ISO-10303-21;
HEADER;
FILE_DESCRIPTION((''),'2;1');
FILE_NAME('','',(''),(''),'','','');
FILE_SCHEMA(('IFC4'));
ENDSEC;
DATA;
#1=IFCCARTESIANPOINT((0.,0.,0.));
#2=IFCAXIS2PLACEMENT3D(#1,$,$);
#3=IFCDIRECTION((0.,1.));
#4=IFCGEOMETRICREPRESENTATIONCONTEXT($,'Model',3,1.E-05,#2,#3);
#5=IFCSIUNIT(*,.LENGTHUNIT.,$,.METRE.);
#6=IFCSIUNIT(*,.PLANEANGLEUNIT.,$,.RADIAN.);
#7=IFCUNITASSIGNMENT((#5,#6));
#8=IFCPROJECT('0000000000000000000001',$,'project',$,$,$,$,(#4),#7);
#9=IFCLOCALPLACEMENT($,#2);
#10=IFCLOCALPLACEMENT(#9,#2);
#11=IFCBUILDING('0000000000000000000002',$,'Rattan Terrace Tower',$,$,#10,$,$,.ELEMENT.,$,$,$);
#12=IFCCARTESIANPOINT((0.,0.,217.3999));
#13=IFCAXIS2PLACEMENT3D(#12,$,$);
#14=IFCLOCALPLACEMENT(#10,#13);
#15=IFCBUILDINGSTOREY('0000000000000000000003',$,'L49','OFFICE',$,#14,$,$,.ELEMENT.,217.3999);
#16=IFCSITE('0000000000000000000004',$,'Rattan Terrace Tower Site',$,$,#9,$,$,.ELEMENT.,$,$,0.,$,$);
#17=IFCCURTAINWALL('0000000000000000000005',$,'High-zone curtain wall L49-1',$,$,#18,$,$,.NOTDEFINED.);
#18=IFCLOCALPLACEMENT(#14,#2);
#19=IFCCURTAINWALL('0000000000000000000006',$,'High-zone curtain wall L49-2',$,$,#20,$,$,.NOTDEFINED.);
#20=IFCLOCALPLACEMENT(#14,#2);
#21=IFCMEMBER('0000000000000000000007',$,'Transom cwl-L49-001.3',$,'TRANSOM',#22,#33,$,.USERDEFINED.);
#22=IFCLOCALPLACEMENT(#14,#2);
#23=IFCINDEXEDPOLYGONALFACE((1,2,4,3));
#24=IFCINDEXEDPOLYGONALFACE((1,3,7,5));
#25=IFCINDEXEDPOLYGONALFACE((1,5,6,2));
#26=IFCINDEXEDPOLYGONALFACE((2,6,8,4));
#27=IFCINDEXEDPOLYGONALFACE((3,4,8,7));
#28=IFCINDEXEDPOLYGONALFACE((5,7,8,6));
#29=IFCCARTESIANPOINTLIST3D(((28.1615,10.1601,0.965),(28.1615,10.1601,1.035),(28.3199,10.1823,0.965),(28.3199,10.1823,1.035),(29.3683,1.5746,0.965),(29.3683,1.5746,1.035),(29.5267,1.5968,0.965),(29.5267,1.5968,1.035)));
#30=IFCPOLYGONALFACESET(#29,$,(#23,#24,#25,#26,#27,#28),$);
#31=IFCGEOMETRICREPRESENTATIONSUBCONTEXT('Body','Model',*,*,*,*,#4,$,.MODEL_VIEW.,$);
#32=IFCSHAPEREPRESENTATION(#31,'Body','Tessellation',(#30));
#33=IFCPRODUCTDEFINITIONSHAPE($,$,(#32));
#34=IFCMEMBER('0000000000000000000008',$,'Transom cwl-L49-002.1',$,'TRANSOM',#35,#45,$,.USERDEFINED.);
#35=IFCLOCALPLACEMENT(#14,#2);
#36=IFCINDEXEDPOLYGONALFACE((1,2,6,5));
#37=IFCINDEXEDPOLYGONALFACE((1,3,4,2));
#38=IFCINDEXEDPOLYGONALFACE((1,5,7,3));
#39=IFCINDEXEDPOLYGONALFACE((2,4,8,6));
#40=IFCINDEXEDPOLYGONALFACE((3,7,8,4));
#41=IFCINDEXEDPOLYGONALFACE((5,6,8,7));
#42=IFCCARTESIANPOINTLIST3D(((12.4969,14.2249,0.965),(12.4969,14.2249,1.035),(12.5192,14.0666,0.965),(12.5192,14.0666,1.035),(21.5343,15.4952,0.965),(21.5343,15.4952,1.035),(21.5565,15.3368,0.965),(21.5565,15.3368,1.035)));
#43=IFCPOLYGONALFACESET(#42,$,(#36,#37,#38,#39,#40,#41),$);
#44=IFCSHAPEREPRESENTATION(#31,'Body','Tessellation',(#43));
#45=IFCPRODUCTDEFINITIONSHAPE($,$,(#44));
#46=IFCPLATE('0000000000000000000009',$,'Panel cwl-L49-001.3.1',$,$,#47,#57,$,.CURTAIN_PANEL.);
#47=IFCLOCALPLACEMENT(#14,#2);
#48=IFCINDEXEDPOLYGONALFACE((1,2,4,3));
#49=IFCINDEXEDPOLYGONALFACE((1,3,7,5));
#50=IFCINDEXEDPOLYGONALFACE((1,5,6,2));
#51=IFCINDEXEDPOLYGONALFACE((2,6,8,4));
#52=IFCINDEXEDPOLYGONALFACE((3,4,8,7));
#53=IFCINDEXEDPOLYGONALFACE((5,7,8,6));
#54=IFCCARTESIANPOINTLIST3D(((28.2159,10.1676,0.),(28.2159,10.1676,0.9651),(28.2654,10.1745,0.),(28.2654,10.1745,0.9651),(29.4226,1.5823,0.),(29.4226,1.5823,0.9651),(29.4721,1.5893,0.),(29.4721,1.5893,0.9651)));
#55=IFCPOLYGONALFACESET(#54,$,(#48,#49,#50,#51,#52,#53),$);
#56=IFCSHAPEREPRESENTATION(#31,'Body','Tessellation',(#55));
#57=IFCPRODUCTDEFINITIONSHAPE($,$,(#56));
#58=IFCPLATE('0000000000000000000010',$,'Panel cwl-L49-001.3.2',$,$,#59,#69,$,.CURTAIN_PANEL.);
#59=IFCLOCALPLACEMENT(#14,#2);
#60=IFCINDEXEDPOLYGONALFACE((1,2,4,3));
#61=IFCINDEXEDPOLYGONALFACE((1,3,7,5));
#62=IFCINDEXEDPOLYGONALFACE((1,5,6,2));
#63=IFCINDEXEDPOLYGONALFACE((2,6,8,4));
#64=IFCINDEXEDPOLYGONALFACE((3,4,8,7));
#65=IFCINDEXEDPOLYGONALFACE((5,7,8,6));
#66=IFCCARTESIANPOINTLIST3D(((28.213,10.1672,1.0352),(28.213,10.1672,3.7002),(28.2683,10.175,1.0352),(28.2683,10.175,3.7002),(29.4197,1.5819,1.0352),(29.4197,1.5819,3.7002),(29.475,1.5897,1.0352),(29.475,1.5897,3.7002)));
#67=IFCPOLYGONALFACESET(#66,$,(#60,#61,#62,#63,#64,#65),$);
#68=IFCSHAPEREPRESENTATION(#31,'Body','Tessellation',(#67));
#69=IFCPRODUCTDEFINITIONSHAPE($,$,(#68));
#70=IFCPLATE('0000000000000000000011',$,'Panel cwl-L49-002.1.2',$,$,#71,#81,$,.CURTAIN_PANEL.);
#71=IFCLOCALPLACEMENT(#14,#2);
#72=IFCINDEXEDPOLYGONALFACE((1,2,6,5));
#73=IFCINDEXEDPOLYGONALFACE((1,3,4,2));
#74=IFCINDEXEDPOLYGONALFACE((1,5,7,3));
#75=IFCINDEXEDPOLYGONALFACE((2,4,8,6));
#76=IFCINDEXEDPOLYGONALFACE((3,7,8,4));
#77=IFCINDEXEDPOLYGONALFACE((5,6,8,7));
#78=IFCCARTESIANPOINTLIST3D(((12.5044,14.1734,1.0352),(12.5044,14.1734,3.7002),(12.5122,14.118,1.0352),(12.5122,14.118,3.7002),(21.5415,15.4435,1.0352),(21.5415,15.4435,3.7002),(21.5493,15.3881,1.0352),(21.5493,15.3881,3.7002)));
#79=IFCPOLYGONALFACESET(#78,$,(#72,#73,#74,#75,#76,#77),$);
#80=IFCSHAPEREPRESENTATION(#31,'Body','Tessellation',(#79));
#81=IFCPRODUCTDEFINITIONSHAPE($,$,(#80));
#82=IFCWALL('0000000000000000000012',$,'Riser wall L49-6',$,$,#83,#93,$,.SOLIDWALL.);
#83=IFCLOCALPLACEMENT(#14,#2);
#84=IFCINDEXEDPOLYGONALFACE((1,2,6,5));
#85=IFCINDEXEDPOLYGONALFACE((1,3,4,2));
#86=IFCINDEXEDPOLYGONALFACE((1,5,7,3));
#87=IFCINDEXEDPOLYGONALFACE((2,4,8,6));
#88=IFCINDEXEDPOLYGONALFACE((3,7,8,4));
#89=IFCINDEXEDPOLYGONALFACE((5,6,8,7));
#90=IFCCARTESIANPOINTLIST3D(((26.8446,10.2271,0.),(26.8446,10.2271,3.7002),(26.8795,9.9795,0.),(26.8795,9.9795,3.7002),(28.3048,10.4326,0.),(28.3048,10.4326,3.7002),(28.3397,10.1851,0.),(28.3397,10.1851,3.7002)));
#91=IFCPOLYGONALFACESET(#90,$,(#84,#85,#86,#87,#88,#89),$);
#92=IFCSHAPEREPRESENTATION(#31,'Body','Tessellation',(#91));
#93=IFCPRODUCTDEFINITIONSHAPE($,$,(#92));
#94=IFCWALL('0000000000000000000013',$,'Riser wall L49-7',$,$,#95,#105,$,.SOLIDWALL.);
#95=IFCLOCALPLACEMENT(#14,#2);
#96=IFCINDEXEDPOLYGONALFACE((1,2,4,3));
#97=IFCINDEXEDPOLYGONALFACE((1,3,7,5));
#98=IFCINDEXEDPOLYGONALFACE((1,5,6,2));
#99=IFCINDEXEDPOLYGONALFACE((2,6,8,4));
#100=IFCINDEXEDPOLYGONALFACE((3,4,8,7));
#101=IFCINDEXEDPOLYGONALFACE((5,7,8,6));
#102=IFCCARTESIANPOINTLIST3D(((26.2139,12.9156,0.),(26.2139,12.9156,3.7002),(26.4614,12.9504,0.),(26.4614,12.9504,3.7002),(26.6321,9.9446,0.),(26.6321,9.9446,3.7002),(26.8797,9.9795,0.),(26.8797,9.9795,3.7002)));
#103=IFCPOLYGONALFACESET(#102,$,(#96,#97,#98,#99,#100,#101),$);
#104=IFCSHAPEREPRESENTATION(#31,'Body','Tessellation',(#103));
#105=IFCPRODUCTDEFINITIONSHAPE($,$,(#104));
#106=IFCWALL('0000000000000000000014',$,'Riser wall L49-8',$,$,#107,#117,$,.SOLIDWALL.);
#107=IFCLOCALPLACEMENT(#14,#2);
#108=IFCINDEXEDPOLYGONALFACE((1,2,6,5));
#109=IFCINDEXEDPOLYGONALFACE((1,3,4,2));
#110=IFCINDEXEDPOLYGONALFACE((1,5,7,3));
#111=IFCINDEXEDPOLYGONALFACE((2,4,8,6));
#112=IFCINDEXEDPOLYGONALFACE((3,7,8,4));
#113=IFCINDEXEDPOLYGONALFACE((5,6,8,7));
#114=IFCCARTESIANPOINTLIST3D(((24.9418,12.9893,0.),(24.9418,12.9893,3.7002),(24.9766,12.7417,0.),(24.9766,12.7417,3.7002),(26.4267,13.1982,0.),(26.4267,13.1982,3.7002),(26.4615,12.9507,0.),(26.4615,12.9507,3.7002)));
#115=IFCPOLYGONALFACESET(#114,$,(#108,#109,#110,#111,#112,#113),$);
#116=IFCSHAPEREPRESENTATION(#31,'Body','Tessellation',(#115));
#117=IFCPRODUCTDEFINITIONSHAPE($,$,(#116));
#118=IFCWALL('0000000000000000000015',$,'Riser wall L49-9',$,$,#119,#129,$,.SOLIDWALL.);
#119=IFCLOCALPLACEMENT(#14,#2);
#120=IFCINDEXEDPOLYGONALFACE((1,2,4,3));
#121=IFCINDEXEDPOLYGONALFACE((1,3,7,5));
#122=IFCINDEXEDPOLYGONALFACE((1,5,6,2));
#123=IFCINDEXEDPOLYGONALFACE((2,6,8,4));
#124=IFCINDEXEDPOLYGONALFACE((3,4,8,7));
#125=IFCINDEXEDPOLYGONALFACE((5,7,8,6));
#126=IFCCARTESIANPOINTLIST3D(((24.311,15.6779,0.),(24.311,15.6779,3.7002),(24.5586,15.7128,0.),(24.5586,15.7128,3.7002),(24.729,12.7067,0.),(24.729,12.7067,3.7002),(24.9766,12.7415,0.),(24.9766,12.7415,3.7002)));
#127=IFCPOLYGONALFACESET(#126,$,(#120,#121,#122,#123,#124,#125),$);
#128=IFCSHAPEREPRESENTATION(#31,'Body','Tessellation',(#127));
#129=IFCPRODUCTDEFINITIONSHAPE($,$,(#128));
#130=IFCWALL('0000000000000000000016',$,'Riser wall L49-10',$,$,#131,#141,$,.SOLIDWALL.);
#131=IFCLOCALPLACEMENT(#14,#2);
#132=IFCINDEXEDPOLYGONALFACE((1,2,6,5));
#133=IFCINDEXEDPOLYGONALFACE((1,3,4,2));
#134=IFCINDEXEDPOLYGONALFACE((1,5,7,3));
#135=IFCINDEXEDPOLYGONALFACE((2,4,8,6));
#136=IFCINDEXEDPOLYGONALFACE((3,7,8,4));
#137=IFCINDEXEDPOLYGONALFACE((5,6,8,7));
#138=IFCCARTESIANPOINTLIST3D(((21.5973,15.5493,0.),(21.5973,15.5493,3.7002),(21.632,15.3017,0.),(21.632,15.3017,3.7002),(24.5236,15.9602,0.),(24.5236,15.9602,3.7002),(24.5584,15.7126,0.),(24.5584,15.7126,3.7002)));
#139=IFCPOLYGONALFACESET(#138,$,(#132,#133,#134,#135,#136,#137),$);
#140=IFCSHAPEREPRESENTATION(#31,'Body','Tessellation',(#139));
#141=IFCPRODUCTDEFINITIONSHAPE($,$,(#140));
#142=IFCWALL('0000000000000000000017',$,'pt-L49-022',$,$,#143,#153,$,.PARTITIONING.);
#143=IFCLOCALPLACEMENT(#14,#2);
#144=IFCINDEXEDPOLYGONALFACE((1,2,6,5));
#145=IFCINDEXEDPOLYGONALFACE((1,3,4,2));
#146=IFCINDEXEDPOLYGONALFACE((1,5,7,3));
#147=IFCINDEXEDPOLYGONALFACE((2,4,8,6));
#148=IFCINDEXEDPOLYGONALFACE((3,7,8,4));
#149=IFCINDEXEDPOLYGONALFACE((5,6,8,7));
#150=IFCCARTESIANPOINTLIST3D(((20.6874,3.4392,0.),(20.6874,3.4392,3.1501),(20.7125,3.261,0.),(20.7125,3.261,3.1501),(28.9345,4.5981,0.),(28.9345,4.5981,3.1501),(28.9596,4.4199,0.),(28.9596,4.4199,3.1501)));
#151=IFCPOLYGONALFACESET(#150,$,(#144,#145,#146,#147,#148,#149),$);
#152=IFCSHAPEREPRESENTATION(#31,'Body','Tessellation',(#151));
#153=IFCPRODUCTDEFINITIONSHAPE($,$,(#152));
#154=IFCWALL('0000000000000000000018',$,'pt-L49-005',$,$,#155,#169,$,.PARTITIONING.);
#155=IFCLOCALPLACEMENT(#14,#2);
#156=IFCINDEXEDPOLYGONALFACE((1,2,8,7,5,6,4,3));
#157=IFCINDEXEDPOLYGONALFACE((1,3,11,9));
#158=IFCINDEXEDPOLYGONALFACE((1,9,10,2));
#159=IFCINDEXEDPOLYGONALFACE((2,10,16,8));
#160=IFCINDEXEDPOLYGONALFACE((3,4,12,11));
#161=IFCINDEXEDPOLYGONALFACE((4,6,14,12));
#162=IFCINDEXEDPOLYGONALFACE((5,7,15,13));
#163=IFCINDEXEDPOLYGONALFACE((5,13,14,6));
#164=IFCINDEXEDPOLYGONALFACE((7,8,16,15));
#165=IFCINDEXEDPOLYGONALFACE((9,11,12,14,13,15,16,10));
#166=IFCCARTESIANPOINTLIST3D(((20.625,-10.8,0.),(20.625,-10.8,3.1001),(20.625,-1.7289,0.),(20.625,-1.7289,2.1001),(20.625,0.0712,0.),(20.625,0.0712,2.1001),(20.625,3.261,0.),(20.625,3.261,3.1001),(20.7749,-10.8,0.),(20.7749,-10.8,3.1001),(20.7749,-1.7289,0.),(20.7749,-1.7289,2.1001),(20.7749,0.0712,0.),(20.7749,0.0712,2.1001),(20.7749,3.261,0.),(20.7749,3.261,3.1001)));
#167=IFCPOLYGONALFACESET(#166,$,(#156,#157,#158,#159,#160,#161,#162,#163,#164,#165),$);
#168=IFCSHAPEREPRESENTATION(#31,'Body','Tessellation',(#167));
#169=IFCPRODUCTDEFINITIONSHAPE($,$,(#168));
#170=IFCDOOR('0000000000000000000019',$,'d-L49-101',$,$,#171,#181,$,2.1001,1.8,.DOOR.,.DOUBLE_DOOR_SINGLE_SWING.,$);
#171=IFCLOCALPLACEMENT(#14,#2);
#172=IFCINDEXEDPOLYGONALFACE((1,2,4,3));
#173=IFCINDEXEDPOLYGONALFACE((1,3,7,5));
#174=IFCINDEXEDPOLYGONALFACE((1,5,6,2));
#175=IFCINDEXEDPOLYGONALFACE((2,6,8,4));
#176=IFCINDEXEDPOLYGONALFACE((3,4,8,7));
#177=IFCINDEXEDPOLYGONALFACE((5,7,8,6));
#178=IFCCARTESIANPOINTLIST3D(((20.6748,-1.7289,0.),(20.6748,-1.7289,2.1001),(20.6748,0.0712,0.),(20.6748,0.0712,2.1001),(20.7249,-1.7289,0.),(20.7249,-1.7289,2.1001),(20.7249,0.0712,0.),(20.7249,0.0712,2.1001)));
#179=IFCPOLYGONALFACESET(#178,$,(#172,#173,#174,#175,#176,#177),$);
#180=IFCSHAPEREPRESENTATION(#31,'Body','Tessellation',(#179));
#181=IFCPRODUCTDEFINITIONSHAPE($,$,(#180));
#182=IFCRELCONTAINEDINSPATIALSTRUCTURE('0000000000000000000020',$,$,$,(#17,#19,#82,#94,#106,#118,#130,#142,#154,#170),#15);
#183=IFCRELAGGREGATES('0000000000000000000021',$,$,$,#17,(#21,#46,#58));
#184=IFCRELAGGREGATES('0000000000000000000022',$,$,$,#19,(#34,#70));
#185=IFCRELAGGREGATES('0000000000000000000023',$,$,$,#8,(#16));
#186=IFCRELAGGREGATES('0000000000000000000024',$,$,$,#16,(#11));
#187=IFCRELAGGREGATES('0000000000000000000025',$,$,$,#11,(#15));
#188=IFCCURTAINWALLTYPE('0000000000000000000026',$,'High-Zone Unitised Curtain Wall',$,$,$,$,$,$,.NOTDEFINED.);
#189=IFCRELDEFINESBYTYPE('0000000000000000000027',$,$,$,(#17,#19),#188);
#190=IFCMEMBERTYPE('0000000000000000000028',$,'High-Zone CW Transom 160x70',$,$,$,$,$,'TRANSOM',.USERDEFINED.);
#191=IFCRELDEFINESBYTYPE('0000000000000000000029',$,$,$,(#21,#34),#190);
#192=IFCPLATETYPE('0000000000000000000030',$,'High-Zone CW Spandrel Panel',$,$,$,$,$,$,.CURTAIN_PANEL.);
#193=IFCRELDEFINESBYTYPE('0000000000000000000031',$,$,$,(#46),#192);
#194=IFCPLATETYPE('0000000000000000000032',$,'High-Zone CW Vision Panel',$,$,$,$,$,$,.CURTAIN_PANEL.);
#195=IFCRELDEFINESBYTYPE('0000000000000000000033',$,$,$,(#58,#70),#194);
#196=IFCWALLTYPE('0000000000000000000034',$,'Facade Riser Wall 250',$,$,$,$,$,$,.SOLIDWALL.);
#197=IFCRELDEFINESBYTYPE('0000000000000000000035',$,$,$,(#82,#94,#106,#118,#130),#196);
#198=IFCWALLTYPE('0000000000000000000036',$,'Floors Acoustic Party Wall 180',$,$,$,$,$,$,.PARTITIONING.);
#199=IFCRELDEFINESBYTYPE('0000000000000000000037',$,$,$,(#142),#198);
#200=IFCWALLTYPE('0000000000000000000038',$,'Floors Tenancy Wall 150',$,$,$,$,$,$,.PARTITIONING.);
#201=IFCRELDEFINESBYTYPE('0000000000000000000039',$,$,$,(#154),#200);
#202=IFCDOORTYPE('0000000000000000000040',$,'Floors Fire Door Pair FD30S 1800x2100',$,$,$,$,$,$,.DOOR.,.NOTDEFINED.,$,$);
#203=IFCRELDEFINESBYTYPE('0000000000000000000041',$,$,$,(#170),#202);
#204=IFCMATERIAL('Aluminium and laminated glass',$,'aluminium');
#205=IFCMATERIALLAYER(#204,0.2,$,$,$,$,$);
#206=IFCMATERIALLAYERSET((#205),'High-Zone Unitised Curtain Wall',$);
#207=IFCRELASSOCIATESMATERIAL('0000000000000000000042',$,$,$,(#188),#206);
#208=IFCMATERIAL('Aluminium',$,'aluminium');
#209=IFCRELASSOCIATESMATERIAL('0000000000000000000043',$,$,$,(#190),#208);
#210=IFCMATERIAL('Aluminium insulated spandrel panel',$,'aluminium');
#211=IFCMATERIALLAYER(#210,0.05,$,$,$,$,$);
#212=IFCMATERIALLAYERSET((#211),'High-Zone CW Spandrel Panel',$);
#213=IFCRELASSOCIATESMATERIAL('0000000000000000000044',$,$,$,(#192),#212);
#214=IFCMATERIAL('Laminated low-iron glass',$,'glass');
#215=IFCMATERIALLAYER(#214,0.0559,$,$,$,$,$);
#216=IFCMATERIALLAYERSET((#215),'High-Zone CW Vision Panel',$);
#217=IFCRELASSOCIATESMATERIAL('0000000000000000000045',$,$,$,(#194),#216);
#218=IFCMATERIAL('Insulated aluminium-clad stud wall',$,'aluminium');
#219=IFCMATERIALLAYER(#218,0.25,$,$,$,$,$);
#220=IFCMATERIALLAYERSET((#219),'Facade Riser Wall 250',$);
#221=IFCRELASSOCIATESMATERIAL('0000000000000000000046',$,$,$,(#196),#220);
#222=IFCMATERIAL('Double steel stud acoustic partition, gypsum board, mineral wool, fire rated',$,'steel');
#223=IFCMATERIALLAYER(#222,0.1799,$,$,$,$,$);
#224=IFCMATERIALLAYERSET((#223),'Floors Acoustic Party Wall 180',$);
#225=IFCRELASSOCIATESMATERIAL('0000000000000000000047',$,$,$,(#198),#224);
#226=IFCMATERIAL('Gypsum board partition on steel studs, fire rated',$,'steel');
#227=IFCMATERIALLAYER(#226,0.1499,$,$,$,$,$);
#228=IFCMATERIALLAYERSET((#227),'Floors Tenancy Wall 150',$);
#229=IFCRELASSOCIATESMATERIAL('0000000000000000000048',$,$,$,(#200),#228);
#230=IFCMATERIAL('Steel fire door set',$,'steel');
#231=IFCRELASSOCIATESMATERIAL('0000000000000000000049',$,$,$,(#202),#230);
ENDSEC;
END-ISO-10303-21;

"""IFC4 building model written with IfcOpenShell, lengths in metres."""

from ifc_helpers import new_model, si_unit, direction, frame, frame_2d, origin, origin_2d, place, context, subcontext, project, spatial, rectangle, extrude, material, layer, layer_set, material_profile, profile_set, type_object, element, fill, aggregate, save


model = new_model("IFC4")

# Units and contexts
model_context = context("Model", 3, precision=1e-05, world=origin(), true_north=direction((0.0, 1.0)))
body_context = subcontext(model_context, "Body", "Model", "MODEL_VIEW")
ifc_project = project(units=[si_unit("LENGTHUNIT", "METRE"), si_unit("PLANEANGLEUNIT", "RADIAN")], contexts=[model_context])

# Site, building, storey
site_placement = place(None, origin())
site = spatial("IfcSite", under=ifc_project, at=site_placement, Name="Rattan Terrace Tower Site", CompositionType="ELEMENT", RefElevation=0.0)
building_placement = place(site_placement, origin())
building = spatial("IfcBuilding", under=site, at=building_placement, Name="Rattan Terrace Tower", CompositionType="ELEMENT")
storey_placement = place(building_placement, frame((0.0, 0.0, 217.3999)))
storey = spatial("IfcBuildingStorey", under=building, at=storey_placement, Name="L49", Description="OFFICE", CompositionType="ELEMENT", Elevation=217.3999)

# Curtain walls
ifc_material_1 = material(Name="Aluminium and laminated glass", Category="aluminium")
ifc_layer_1 = layer(ifc_material_1, 0.2)
ifc_layer_set_1 = layer_set([ifc_layer_1], Name="High-Zone Unitised Curtain Wall")
curtain_wall_type = type_object("IfcCurtainWallType", Name="High-Zone Unitised Curtain Wall", PredefinedType="NOTDEFINED", material=ifc_layer_set_1)
curtain_wall_1_placement = place(storey_placement, origin())
curtain_wall_1 = element("IfcCurtainWall", 1, at=curtain_wall_1_placement, inside=storey, type_object=curtain_wall_type, Name="High-zone curtain wall L49-1", PredefinedType="NOTDEFINED")
curtain_wall_2_placement = place(storey_placement, origin())
curtain_wall_2 = element("IfcCurtainWall", 2, at=curtain_wall_2_placement, inside=storey, type_object=curtain_wall_type, Name="High-zone curtain wall L49-2", PredefinedType="NOTDEFINED")

# Members
ifc_material_2 = material(Name="Aluminium", Category="aluminium")
ifc_material_profile_1 = material_profile(ifc_material_2, rectangle(XDim=0.1599, YDim=0.0701, at=origin_2d()), Name="Aluminium 160x70")
ifc_profile_set_1 = profile_set([ifc_material_profile_1], Name="Aluminium")
member_type_1 = type_object("IfcMemberType", Name="High-Zone CW Transom 160x70", ElementType="TRANSOM", PredefinedType="USERDEFINED", material=ifc_profile_set_1)
member_1_placement = place(storey_placement, frame((29.4475, 1.5857, 1.0), z_axis=(-0.139194, 0.990265, 0.0), x_axis=(-0.990265, -0.139194, 0.0)))
member_1 = element("IfcMember", 3, at=member_1_placement, type_object=member_type_1, Name="Transom cwl-L49-001.3", ObjectType="TRANSOM", PredefinedType="USERDEFINED", context=body_context, shape_type="SweptSolid", body=[
    extrude(rectangle(XDim=0.1599, YDim=0.0701, at=origin_2d()), origin(), (0.0, 0.0, 1.0), 8.6699),
])
member_2_placement = place(storey_placement, frame((21.5454, 15.416, 1.0), z_axis=(-0.990266, -0.139189, 0.0), x_axis=(0.139189, -0.990266, 0.0)))
member_2 = element("IfcMember", 4, at=member_2_placement, type_object=member_type_1, Name="Transom cwl-L49-002.1", ObjectType="TRANSOM", PredefinedType="USERDEFINED", context=body_context, shape_type="SweptSolid", body=[
    extrude(rectangle(XDim=0.1599, YDim=0.0701, at=origin_2d()), origin(), (0.0, 0.0, 1.0), 9.1262),
])

# Plates
ifc_material_3 = material(Name="Aluminium insulated spandrel panel", Category="aluminium")
ifc_layer_2 = layer(ifc_material_3, 0.05)
ifc_layer_set_2 = layer_set([ifc_layer_2], Name="High-Zone CW Spandrel Panel")
plate_type_1 = type_object("IfcPlateType", Name="High-Zone CW Spandrel Panel", PredefinedType="CURTAIN_PANEL", material=ifc_layer_set_2)
plate_1_placement = place(storey_placement, frame((28.844, 5.8784, 0.0), z_axis=(0.0, 0.0, 1.0), x_axis=(-0.139186, 0.990266, 0.0)))
plate_1 = element("IfcPlate", 5, at=plate_1_placement, type_object=plate_type_1, Name="Panel cwl-L49-001.3.1", PredefinedType="CURTAIN_PANEL", context=body_context, shape_type="SweptSolid", body=[
    extrude(rectangle(XDim=8.6697, YDim=0.05, at=origin_2d()), origin(), (0.0, 0.0, 1.0), 0.9651),
])
ifc_material_4 = material(Name="Laminated low-iron glass", Category="glass")
ifc_layer_3 = layer(ifc_material_4, 0.0559)
ifc_layer_set_3 = layer_set([ifc_layer_3], Name="High-Zone CW Vision Panel")
plate_type_2 = type_object("IfcPlateType", Name="High-Zone CW Vision Panel", PredefinedType="CURTAIN_PANEL", material=ifc_layer_set_3)
plate_2_placement = place(storey_placement, frame((28.844, 5.8784, 1.0352), z_axis=(0.0, 0.0, 1.0), x_axis=(-0.139186, 0.990266, 0.0)))
plate_2 = element("IfcPlate", 6, at=plate_2_placement, type_object=plate_type_2, Name="Panel cwl-L49-001.3.2", PredefinedType="CURTAIN_PANEL", context=body_context, shape_type="SweptSolid", body=[
    extrude(rectangle(XDim=8.6697, YDim=0.0559, at=origin_2d()), origin(), (0.0, 0.0, 1.0), 2.665),
])
aggregate(curtain_wall_1, [member_1, plate_1, plate_2])
plate_3_placement = place(storey_placement, frame((17.0269, 14.7808, 1.0352), z_axis=(0.0, 0.0, 1.0), x_axis=(-0.990267, -0.139177, 0.0)))
plate_3 = element("IfcPlate", 7, at=plate_3_placement, type_object=plate_type_2, Name="Panel cwl-L49-002.1.2", PredefinedType="CURTAIN_PANEL", context=body_context, shape_type="SweptSolid", body=[
    extrude(rectangle(XDim=9.126, YDim=0.0559, at=origin_2d()), origin(), (0.0, 0.0, 1.0), 2.665),
])
aggregate(curtain_wall_2, [member_2, plate_3])

# Walls
ifc_material_5 = material(Name="Insulated aluminium-clad stud wall", Category="aluminium")
ifc_layer_4 = layer(ifc_material_5, 0.25)
ifc_layer_set_4 = layer_set([ifc_layer_4], Name="Facade Riser Wall 250")
wall_type_1 = type_object("IfcWallType", Name="Facade Riser Wall 250", PredefinedType="SOLIDWALL", material=ifc_layer_set_4)
wall_1_placement = place(storey_placement, frame((28.3223, 10.3088, 0.0), z_axis=(0.0, 0.0, 1.0), x_axis=(-0.990236, -0.139404, 0.0)))
element("IfcWall", 8, at=wall_1_placement, inside=storey, type_object=wall_type_1, Name="Riser wall L49-6", PredefinedType="SOLIDWALL", context=body_context, shape_type="SweptSolid", body=[
    extrude(rectangle(XDim=1.4746, YDim=0.25, at=frame_2d((0.7373, 0.0))), origin(), (0.0, 0.0, 1.0), 3.7002),
])
wall_2_placement = place(storey_placement, frame((26.7559, 9.9622, 0.0), z_axis=(0.0, 0.0, 1.0), x_axis=(-0.139393, 0.990237, 0.0)))
element("IfcWall", 9, at=wall_2_placement, inside=storey, type_object=wall_type_1, Name="Riser wall L49-7", PredefinedType="SOLIDWALL", context=body_context, shape_type="SweptSolid", body=[
    extrude(rectangle(XDim=3.0002, YDim=0.25, at=frame_2d((1.5, 0.0))), origin(), (0.0, 0.0, 1.0), 3.7002),
])
wall_3_placement = place(storey_placement, frame((26.4441, 13.0745, 0.0), z_axis=(0.0, 0.0, 1.0), x_axis=(-0.99024, -0.13937, 0.0)))
element("IfcWall", 10, at=wall_3_placement, inside=storey, type_object=wall_type_1, Name="Riser wall L49-8", PredefinedType="SOLIDWALL", context=body_context, shape_type="SweptSolid", body=[
    extrude(rectangle(XDim=1.4995, YDim=0.25, at=frame_2d((0.7498, 0.0))), origin(), (0.0, 0.0, 1.0), 3.7002),
])
wall_4_placement = place(storey_placement, frame((24.8528, 12.7241, 0.0), z_axis=(0.0, 0.0, 1.0), x_axis=(-0.139302, 0.99025, 0.0)))
element("IfcWall", 11, at=wall_4_placement, inside=storey, type_object=wall_type_1, Name="Riser wall L49-9", PredefinedType="SOLIDWALL", context=body_context, shape_type="SweptSolid", body=[
    extrude(rectangle(XDim=3.0005, YDim=0.25, at=frame_2d((1.5002, 0.0))), origin(), (0.0, 0.0, 1.0), 3.7002),
])
wall_5_placement = place(storey_placement, frame((24.541, 15.8364, 0.0), z_axis=(0.0, 0.0, 1.0), x_axis=(-0.990285, -0.13905, 0.0)))
element("IfcWall", 12, at=wall_5_placement, inside=storey, type_object=wall_type_1, Name="Riser wall L49-10", PredefinedType="SOLIDWALL", context=body_context, shape_type="SweptSolid", body=[
    extrude(rectangle(XDim=2.9551, YDim=0.25, at=frame_2d((1.4775, 0.0))), origin(), (0.0, 0.0, 1.0), 3.7002),
])
ifc_material_6 = material(Name="Double steel stud acoustic partition, gypsum board, mineral wool, fire rated", Category="steel")
ifc_layer_5 = layer(ifc_material_6, 0.1799)
ifc_layer_set_5 = layer_set([ifc_layer_5], Name="Floors Acoustic Party Wall 180")
wall_type_2 = type_object("IfcWallType", Name="Floors Acoustic Party Wall 180", PredefinedType="PARTITIONING", material=ifc_layer_set_5)
wall_6_placement = place(storey_placement, frame((20.7, 3.3501, 0.0), z_axis=(0.0, 0.0, 1.0), x_axis=(0.99027, 0.13916, 0.0)))
element("IfcWall", 13, at=wall_6_placement, inside=storey, type_object=wall_type_2, Name="pt-L49-022", PredefinedType="PARTITIONING", context=body_context, shape_type="SweptSolid", body=[
    extrude(rectangle(XDim=8.3281, YDim=0.1799, at=frame_2d((4.1641, 0.0))), origin(), (0.0, 0.0, 1.0), 3.1501),
])

# Wall, opening, door
ifc_material_7 = material(Name="Gypsum board partition on steel studs, fire rated", Category="steel")
ifc_layer_6 = layer(ifc_material_7, 0.1499)
ifc_layer_set_6 = layer_set([ifc_layer_6], Name="Floors Tenancy Wall 150")
wall_type_3 = type_object("IfcWallType", Name="Floors Tenancy Wall 150", PredefinedType="PARTITIONING", material=ifc_layer_set_6)
wall_7_placement = place(storey_placement, frame((20.7, 3.261, 0.0), z_axis=(0.0, 0.0, 1.0), x_axis=(0.0, -1.0, 0.0)))
wall_7 = element("IfcWall", 14, at=wall_7_placement, inside=storey, type_object=wall_type_3, Name="pt-L49-005", PredefinedType="PARTITIONING", context=body_context, shape_type="SweptSolid", body=[
    extrude(rectangle(XDim=14.061, YDim=0.1499, at=frame_2d((7.0305, 0.0))), origin(), (0.0, 0.0, 1.0), 3.1001),
])
opening_1_placement = place(wall_7_placement, frame((3.1899, 0.0, 0.0)))
opening_1 = element("IfcOpeningElement", 15, at=opening_1_placement, cuts=wall_7, PredefinedType="OPENING", context=body_context, shape_type="SweptSolid", body=[
    extrude(rectangle(XDim=1.8, YDim=2.1001, at=frame_2d((0.8999, 1.05))), frame((0.0, 0.0854, 0.0), z_axis=(0.0, -1.0, 0.0), x_axis=(1.0, 0.0, 0.0)), (0.0, 0.0, 1.0), 0.1709),
])
ifc_material_8 = material(Name="Steel fire door set", Category="steel")
door_type = type_object("IfcDoorType", Name="Floors Fire Door Pair FD30S 1800x2100", OperationType="NOTDEFINED", PredefinedType="DOOR", material=ifc_material_8)
door_1_placement = place(opening_1_placement, origin())
door_1 = element("IfcDoor", 16, at=door_1_placement, inside=storey, type_object=door_type, Name="d-L49-101", OperationType="DOUBLE_DOOR_SINGLE_SWING", OverallHeight=2.1001, OverallWidth=1.8, PredefinedType="DOOR", context=body_context, shape_type="SweptSolid", body=[
    extrude(rectangle(XDim=1.8, YDim=2.1001, at=frame_2d((0.8999, 1.05))), frame((0.0, 0.0249, 0.0), z_axis=(0.0, -1.0, 0.0), x_axis=(1.0, 0.0, 0.0)), (0.0, 0.0, 1.0), 0.05),
])
fill(opening_1, door_1)

save(model, "model.ifc")
